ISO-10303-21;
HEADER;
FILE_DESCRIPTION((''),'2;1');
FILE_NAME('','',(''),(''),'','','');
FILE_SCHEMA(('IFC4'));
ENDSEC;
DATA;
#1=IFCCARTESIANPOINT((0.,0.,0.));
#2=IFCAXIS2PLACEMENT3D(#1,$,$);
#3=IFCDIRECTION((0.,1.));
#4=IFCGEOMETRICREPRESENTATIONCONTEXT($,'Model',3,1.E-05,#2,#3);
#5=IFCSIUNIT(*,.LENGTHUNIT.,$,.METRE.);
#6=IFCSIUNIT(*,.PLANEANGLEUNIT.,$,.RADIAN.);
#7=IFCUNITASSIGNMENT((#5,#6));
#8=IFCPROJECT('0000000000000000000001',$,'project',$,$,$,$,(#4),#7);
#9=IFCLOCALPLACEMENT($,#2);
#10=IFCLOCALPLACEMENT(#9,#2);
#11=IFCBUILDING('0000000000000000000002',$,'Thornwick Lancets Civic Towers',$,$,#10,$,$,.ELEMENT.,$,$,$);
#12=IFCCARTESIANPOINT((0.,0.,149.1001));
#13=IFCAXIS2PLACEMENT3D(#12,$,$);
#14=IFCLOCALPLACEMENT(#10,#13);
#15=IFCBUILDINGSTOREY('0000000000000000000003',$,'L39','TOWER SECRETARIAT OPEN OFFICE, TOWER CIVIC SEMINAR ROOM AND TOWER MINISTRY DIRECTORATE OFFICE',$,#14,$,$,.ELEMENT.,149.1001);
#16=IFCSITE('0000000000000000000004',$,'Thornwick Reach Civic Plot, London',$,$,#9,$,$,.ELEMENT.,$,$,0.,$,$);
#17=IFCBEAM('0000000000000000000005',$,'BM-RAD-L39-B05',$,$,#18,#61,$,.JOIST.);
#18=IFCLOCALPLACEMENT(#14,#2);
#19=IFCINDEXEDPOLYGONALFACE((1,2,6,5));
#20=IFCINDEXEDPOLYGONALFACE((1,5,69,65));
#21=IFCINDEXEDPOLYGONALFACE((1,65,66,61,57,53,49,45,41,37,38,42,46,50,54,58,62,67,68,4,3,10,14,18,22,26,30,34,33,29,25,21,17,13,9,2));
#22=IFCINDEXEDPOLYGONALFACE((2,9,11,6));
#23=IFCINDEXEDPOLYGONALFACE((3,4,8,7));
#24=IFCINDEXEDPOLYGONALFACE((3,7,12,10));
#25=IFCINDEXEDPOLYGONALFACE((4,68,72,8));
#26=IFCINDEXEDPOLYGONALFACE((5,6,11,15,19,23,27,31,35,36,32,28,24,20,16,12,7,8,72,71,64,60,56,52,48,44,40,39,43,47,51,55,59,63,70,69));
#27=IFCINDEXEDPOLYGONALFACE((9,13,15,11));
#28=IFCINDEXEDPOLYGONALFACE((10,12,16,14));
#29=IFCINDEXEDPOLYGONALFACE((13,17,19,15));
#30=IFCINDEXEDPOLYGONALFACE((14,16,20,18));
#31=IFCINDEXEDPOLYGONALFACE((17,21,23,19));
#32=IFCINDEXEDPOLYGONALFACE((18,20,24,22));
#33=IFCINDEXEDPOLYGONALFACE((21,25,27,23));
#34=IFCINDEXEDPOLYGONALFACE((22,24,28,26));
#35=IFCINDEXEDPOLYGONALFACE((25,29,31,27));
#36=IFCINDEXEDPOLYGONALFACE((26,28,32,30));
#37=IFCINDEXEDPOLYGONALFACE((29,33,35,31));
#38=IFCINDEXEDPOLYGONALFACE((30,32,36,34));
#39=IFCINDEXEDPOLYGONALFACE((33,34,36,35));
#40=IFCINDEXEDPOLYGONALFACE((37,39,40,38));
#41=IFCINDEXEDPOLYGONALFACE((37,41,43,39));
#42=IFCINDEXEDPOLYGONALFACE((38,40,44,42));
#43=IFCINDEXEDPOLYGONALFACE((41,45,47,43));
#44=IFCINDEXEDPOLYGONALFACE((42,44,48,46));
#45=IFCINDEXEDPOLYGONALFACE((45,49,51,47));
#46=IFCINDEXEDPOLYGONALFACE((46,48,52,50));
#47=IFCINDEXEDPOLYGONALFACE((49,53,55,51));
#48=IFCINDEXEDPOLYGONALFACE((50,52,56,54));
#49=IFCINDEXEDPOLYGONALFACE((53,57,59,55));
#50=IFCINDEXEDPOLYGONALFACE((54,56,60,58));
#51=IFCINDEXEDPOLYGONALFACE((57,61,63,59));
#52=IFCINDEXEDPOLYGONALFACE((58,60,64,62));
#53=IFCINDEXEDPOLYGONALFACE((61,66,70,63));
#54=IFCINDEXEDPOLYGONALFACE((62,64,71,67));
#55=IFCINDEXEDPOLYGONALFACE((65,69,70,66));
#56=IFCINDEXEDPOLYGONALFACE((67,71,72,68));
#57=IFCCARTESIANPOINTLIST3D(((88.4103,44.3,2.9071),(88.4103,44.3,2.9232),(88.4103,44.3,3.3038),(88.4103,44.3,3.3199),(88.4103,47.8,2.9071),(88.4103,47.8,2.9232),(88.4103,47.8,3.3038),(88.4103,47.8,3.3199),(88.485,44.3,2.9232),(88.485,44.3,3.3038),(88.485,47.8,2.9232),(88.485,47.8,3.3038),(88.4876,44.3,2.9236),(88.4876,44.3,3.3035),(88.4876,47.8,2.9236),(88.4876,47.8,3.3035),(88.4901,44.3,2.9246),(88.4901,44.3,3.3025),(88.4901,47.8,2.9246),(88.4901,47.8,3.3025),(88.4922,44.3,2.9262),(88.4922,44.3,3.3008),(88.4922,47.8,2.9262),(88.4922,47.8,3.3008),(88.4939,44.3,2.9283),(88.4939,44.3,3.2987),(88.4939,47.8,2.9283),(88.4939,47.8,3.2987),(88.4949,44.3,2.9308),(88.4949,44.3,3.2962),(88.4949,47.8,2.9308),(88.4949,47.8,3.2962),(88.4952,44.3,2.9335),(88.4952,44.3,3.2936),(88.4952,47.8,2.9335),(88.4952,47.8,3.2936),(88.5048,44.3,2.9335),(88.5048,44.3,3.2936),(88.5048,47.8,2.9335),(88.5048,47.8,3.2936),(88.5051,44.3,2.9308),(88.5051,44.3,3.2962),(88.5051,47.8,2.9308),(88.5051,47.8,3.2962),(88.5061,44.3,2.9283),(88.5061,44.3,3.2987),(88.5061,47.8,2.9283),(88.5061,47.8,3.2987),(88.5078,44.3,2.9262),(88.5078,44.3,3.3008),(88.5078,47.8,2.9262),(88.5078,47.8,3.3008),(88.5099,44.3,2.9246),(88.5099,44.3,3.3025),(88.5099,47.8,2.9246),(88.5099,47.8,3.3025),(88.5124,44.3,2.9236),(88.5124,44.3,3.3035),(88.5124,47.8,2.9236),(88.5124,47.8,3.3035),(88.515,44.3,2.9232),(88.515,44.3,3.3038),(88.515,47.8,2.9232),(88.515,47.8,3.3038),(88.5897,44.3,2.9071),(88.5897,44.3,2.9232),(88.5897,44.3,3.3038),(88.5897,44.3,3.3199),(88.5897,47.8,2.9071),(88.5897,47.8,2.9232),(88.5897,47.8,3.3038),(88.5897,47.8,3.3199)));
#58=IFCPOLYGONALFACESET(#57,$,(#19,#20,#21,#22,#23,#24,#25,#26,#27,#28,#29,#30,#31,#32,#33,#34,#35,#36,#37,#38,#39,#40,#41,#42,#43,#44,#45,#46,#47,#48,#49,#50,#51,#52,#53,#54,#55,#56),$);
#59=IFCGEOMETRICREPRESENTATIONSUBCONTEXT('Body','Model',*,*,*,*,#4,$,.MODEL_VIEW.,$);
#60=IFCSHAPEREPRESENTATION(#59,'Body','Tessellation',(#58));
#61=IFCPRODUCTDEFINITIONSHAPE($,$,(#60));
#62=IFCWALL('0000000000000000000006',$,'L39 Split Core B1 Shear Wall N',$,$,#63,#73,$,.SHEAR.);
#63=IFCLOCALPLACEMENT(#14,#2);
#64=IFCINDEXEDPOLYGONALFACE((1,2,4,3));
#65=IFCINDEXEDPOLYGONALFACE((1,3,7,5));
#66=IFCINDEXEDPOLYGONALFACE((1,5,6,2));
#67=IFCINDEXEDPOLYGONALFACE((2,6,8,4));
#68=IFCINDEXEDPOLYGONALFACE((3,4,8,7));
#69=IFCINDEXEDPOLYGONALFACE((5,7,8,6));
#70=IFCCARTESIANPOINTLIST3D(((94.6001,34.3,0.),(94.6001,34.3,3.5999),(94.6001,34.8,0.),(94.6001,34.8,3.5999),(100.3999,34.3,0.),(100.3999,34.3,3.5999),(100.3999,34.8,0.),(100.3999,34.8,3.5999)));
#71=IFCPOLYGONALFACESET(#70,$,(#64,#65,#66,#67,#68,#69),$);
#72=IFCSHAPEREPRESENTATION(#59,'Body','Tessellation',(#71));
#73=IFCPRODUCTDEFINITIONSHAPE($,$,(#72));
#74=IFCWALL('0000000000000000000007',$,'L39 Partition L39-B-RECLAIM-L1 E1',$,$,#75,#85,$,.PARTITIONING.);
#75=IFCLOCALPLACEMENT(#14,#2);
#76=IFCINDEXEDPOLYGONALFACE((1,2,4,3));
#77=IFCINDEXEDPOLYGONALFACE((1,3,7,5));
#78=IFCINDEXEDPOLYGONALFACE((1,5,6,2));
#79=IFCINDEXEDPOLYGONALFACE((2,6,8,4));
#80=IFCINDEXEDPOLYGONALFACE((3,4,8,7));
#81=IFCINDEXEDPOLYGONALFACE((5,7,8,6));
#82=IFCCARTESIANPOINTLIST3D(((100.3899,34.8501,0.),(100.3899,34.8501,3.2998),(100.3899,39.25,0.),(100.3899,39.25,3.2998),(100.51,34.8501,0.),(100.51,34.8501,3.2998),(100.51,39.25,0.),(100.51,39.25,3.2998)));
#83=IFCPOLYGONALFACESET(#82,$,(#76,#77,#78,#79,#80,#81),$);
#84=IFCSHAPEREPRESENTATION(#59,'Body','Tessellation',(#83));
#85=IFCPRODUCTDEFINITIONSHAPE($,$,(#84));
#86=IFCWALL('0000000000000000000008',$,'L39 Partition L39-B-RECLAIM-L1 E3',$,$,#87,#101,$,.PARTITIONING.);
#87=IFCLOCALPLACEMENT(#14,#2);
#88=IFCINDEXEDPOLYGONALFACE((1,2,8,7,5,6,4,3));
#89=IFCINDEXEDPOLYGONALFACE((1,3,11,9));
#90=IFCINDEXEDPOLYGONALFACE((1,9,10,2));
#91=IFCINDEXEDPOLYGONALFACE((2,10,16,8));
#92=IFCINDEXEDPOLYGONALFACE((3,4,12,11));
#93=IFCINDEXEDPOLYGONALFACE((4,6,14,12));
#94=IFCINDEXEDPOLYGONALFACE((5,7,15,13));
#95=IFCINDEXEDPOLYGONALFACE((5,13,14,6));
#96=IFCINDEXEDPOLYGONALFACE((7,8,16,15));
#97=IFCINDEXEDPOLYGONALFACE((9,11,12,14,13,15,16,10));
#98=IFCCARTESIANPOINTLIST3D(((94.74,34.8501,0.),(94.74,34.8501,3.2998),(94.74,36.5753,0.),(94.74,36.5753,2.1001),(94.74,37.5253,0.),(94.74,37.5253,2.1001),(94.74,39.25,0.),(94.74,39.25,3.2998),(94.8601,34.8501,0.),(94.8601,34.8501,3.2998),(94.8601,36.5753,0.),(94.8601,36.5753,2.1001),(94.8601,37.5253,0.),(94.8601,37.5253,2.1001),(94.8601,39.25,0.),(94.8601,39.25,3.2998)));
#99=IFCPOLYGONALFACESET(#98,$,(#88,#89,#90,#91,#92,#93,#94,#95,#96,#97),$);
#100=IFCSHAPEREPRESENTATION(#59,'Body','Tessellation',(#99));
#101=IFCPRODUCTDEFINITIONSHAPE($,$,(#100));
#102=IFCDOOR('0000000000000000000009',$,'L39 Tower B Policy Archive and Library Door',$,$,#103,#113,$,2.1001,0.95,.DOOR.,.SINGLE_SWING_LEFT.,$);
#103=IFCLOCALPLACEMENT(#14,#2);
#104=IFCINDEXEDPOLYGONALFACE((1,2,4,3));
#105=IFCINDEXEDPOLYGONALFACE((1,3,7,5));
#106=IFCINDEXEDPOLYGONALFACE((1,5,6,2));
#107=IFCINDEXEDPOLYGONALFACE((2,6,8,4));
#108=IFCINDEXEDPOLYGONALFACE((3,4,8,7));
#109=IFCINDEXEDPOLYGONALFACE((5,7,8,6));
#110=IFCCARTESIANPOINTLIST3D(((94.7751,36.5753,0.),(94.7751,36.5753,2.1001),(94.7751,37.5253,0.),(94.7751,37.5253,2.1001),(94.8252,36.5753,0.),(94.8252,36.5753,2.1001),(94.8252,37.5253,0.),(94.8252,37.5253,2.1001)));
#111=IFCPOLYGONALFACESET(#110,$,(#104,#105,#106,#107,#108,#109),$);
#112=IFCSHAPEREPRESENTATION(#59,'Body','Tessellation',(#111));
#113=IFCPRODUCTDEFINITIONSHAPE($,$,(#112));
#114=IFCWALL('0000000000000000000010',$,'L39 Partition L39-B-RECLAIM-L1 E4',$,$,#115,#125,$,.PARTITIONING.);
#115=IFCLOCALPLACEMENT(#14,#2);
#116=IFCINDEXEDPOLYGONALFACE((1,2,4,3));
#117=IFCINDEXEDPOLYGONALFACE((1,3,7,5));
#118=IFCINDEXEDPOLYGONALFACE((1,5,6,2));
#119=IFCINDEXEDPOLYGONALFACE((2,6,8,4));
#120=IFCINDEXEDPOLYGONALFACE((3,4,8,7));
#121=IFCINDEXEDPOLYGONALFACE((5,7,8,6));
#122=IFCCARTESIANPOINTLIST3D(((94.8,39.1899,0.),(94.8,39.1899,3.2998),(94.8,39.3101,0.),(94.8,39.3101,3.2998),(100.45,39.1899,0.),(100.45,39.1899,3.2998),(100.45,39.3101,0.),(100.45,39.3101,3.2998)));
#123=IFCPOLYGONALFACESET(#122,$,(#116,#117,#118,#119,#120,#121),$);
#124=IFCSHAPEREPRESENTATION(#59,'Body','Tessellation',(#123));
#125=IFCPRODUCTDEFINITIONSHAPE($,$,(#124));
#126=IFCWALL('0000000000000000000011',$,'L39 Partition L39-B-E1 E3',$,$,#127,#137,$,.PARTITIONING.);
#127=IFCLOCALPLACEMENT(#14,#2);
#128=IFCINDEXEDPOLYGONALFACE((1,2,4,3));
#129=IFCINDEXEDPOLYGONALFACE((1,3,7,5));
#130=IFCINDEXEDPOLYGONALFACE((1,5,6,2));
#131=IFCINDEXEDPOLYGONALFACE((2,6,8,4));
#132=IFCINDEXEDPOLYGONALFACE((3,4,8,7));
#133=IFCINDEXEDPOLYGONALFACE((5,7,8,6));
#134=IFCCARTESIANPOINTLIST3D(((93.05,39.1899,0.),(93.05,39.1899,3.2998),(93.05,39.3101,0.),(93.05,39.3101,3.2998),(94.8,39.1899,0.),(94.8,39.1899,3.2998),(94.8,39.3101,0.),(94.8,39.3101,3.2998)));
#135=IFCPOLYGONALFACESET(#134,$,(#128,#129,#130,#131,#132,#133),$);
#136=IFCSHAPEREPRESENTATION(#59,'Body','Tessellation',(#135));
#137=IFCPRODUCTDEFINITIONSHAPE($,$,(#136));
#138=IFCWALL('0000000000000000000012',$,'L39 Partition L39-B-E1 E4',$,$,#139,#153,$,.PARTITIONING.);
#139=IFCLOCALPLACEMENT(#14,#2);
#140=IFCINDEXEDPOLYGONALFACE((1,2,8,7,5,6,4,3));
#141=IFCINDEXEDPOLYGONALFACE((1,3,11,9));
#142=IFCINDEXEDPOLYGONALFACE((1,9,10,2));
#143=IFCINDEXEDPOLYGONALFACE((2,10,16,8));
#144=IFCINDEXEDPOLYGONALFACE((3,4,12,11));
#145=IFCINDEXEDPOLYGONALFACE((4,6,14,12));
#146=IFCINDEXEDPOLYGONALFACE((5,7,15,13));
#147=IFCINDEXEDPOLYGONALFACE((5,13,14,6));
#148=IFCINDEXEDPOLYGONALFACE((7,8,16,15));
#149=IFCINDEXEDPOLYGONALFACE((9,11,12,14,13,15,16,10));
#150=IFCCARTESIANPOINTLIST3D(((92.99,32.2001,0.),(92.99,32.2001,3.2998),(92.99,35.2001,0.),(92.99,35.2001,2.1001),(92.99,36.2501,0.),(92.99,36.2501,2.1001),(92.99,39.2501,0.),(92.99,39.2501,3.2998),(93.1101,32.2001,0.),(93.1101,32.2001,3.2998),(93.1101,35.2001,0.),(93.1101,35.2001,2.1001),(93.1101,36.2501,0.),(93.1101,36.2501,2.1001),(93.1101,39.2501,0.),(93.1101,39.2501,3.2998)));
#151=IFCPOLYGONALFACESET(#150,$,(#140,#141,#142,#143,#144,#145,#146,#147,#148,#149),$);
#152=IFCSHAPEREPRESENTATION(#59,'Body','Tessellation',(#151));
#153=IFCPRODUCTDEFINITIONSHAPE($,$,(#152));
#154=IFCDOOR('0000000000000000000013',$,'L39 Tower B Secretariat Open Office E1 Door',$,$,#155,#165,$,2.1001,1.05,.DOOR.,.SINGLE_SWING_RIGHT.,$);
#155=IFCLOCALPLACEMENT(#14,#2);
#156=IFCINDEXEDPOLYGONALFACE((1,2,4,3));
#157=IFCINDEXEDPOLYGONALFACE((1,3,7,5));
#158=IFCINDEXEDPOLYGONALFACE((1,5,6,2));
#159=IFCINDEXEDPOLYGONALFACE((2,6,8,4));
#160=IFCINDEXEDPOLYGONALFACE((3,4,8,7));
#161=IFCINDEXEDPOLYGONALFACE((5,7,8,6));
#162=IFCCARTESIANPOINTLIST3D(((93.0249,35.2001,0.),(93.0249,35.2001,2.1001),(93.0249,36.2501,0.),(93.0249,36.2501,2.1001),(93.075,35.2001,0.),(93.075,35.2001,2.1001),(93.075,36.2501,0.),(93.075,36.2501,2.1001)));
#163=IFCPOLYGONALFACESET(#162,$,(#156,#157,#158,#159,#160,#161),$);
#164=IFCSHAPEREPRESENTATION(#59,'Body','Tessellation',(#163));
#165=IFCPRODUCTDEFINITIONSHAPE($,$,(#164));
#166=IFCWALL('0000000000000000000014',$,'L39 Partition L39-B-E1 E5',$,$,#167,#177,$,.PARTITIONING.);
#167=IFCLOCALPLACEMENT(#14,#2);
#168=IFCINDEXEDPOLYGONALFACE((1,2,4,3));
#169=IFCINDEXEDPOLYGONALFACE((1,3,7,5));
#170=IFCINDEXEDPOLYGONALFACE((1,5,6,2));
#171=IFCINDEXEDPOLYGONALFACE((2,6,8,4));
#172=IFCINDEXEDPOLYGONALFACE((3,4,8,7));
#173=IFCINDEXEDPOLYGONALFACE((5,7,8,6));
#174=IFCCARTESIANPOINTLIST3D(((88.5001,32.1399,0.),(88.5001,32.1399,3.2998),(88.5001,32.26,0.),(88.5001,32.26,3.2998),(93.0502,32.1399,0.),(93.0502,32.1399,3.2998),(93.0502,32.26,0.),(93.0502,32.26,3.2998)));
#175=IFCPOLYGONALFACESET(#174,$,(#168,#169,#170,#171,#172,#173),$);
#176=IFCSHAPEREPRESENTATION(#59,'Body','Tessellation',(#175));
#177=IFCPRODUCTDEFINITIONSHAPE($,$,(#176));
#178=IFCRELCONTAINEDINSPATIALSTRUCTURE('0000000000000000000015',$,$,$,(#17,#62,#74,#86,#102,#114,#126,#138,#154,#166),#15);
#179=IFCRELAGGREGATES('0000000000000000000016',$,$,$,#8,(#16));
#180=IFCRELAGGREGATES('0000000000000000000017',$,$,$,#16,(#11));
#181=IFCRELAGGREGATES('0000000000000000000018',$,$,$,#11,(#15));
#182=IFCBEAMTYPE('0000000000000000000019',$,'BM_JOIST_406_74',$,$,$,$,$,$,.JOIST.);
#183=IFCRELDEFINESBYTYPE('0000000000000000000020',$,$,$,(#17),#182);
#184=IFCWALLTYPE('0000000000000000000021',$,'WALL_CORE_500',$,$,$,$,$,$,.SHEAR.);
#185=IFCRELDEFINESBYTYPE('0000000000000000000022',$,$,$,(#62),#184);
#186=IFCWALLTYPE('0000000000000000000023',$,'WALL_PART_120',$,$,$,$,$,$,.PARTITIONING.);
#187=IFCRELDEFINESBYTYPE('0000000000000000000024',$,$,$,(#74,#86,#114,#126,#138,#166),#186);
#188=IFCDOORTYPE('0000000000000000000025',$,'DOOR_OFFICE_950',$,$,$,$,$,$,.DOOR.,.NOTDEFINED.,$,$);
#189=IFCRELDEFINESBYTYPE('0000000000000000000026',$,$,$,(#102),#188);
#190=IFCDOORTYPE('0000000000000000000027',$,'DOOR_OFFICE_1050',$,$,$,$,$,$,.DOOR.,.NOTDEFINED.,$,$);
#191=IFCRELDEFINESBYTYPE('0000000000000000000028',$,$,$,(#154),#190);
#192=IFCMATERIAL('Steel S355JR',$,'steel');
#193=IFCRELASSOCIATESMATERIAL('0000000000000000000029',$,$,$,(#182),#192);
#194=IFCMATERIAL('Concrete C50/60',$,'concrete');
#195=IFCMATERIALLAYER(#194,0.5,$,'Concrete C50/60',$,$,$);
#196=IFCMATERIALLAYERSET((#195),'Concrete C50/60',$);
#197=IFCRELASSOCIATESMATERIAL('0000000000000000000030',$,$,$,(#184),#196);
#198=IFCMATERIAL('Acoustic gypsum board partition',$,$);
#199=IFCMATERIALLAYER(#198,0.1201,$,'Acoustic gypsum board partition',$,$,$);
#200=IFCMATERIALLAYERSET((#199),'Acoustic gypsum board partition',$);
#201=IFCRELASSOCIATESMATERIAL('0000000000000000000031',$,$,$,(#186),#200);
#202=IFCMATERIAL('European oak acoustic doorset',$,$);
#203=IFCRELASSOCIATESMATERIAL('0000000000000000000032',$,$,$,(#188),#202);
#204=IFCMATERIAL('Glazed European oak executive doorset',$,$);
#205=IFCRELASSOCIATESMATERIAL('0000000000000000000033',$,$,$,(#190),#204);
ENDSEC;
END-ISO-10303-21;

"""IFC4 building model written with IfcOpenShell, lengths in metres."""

from ifc_helpers import new_model, si_unit, direction, frame, frame_2d, origin, origin_2d, place, context, subcontext, project, spatial, rectangle, i_section, extrude, material, layer, layer_set, material_profile, profile_set, type_object, element, fill, save


model = new_model("IFC4")

# Units and contexts
model_context = context("Model", 3, precision=1e-05, world=origin(), true_north=direction((0.0, 1.0)))
body_context = subcontext(model_context, "Body", "Model", "MODEL_VIEW")
ifc_project = project(units=[si_unit("LENGTHUNIT", "METRE"), si_unit("PLANEANGLEUNIT", "RADIAN")], contexts=[model_context])

# Site, building, storey
site_placement = place(None, origin())
site = spatial("IfcSite", under=ifc_project, at=site_placement, Name="Thornwick Reach Civic Plot, London", CompositionType="ELEMENT", RefElevation=0.0)
building_placement = place(site_placement, origin())
building = spatial("IfcBuilding", under=site, at=building_placement, Name="Thornwick Lancets Civic Towers", CompositionType="ELEMENT")
storey_placement = place(building_placement, frame((0.0, 0.0, 149.1001)))
storey = spatial("IfcBuildingStorey", under=building, at=storey_placement, Name="L39", Description="TOWER SECRETARIAT OPEN OFFICE, TOWER CIVIC SEMINAR ROOM AND TOWER MINISTRY DIRECTORATE OFFICE", CompositionType="ELEMENT", Elevation=149.1001)

# Shared definitions
ifc_material_1 = material(Name="Concrete C50/60", Category="concrete")

# Beam
ifc_material_2 = material(Name="Steel S355JR", Category="steel")
ifc_material_profile_1 = material_profile(ifc_material_2, i_section(OverallWidth=0.1794, OverallDepth=0.4128, WebThickness=0.0095, FlangeThickness=0.0161, FilletRadius=0.0103, at=origin_2d()), Name="UKB 406x178x74")
ifc_profile_set_1 = profile_set([ifc_material_profile_1], Name="Steel S355JR")
beam_type_1 = type_object("IfcBeamType", Name="BM_JOIST_406_74", PredefinedType="JOIST", material=ifc_profile_set_1)
for number, where, z_axis, x_axis, name in (
    (1, (88.5, 44.3, 3.1135), (0.0, 1.0, 0.0), (-1.0, 0.0, 0.0), "BM-RAD-L39-B05"),
):
    element("IfcBeam", number, at=place(storey_placement, frame(where, z_axis=z_axis, x_axis=x_axis)), inside=storey, type_object=beam_type_1, Name=name, PredefinedType="JOIST", context=body_context, shape_type="SweptSolid", body=[
        extrude(i_section(OverallWidth=0.1794, OverallDepth=0.4128, WebThickness=0.0095, FlangeThickness=0.0161, FilletRadius=0.0103, at=origin_2d()), origin(), (0.0, 0.0, 1.0), 3.5),
    ])

# Walls
ifc_layer_1 = layer(ifc_material_1, 0.5, Name="Concrete C50/60")
ifc_layer_set_1 = layer_set([ifc_layer_1], Name="Concrete C50/60")
wall_type_1 = type_object("IfcWallType", Name="WALL_CORE_500", PredefinedType="SHEAR", material=ifc_layer_set_1)
wall_1_placement = place(storey_placement, frame((94.6001, 34.55, 0.0), z_axis=(0.0, 0.0, 1.0), x_axis=(1.0, 0.0, 0.0)))
element("IfcWall", 2, at=wall_1_placement, inside=storey, type_object=wall_type_1, Name="L39 Split Core B1 Shear Wall N", PredefinedType="SHEAR", context=body_context, shape_type="SweptSolid", body=[
    extrude(rectangle(XDim=5.7998, YDim=0.5, at=frame_2d((2.8999, 0.0))), origin(), (0.0, 0.0, 1.0), 3.5999),
])
ifc_material_3 = material(Name="Acoustic gypsum board partition")
ifc_layer_2 = layer(ifc_material_3, 0.1201, Name="Acoustic gypsum board partition")
ifc_layer_set_2 = layer_set([ifc_layer_2], Name="Acoustic gypsum board partition")
wall_type_2 = type_object("IfcWallType", Name="WALL_PART_120", PredefinedType="PARTITIONING", material=ifc_layer_set_2)
wall_2_placement = place(storey_placement, frame((100.45, 39.25, 0.0), z_axis=(0.0, 0.0, 1.0), x_axis=(0.0, -1.0, 0.0)))
element("IfcWall", 3, at=wall_2_placement, inside=storey, type_object=wall_type_2, Name="L39 Partition L39-B-RECLAIM-L1 E1", PredefinedType="PARTITIONING", context=body_context, shape_type="SweptSolid", body=[
    extrude(rectangle(XDim=4.3999, YDim=0.1201, at=frame_2d((2.2, 0.0))), origin(), (0.0, 0.0, 1.0), 3.2998),
])

# Wall, opening, door
wall_3_placement = place(storey_placement, frame((94.8, 34.8501, 0.0), z_axis=(0.0, 0.0, 1.0), x_axis=(0.0, 1.0, 0.0)))
wall_3 = element("IfcWall", 4, at=wall_3_placement, inside=storey, type_object=wall_type_2, Name="L39 Partition L39-B-RECLAIM-L1 E3", PredefinedType="PARTITIONING", context=body_context, shape_type="SweptSolid", body=[
    extrude(rectangle(XDim=4.3999, YDim=0.1201, at=frame_2d((2.2, 0.0))), origin(), (0.0, 0.0, 1.0), 3.2998),
])
opening_1_placement = place(wall_3_placement, frame((1.7251, 0.0, 0.0)))
opening_1 = element("IfcOpeningElement", 5, at=opening_1_placement, cuts=wall_3, PredefinedType="OPENING", context=body_context, shape_type="SweptSolid", body=[
    extrude(rectangle(XDim=0.95, YDim=2.1001, at=frame_2d((0.4751, 1.05))), frame((0.0, 0.0701, 0.0), z_axis=(0.0, -1.0, 0.0), x_axis=(1.0, 0.0, 0.0)), (0.0, 0.0, 1.0), 0.1401),
])
ifc_material_4 = material(Name="European oak acoustic doorset")
door_type_1 = type_object("IfcDoorType", Name="DOOR_OFFICE_950", OperationType="NOTDEFINED", PredefinedType="DOOR", material=ifc_material_4)
door_1_placement = place(opening_1_placement, origin())
door_1 = element("IfcDoor", 6, at=door_1_placement, inside=storey, type_object=door_type_1, Name="L39 Tower B Policy Archive and Library Door", OperationType="SINGLE_SWING_LEFT", OverallHeight=2.1001, OverallWidth=0.95, PredefinedType="DOOR", context=body_context, shape_type="SweptSolid", body=[
    extrude(rectangle(XDim=0.95, YDim=2.1001, at=frame_2d((0.4751, 1.05))), frame((0.0, 0.0249, 0.0), z_axis=(0.0, -1.0, 0.0), x_axis=(1.0, 0.0, 0.0)), (0.0, 0.0, 1.0), 0.05),
])
fill(opening_1, door_1)

# Walls
wall_4_placement = place(storey_placement, frame((94.8, 39.25, 0.0), z_axis=(0.0, 0.0, 1.0), x_axis=(1.0, 0.0, 0.0)))
element("IfcWall", 7, at=wall_4_placement, inside=storey, type_object=wall_type_2, Name="L39 Partition L39-B-RECLAIM-L1 E4", PredefinedType="PARTITIONING", context=body_context, shape_type="SweptSolid", body=[
    extrude(rectangle(XDim=5.6499, YDim=0.1201, at=frame_2d((2.825, 0.0))), origin(), (0.0, 0.0, 1.0), 3.2998),
])
wall_5_placement = place(storey_placement, frame((94.8, 39.25, 0.0), z_axis=(0.0, 0.0, 1.0), x_axis=(-1.0, 0.0, 0.0)))
element("IfcWall", 8, at=wall_5_placement, inside=storey, type_object=wall_type_2, Name="L39 Partition L39-B-E1 E3", PredefinedType="PARTITIONING", context=body_context, shape_type="SweptSolid", body=[
    extrude(rectangle(XDim=1.75, YDim=0.1201, at=frame_2d((0.875, 0.0))), origin(), (0.0, 0.0, 1.0), 3.2998),
])

# Wall, opening, door
wall_6_placement = place(storey_placement, frame((93.05, 39.25, 0.0), z_axis=(0.0, 0.0, 1.0), x_axis=(0.0, -1.0, 0.0)))
wall_6 = element("IfcWall", 9, at=wall_6_placement, inside=storey, type_object=wall_type_2, Name="L39 Partition L39-B-E1 E4", PredefinedType="PARTITIONING", context=body_context, shape_type="SweptSolid", body=[
    extrude(rectangle(XDim=7.05, YDim=0.1201, at=frame_2d((3.5249, 0.0))), origin(), (0.0, 0.0, 1.0), 3.2998),
])
opening_2_placement = place(wall_6_placement, frame((3.0, 0.0, 0.0)))
opening_2 = element("IfcOpeningElement", 10, at=opening_2_placement, cuts=wall_6, PredefinedType="OPENING", context=body_context, shape_type="SweptSolid", body=[
    extrude(rectangle(XDim=1.05, YDim=2.1001, at=frame_2d((0.5249, 1.05))), frame((0.0, 0.0701, 0.0), z_axis=(0.0, -1.0, 0.0), x_axis=(1.0, 0.0, 0.0)), (0.0, 0.0, 1.0), 0.1401),
])
ifc_material_5 = material(Name="Glazed European oak executive doorset")
door_type_2 = type_object("IfcDoorType", Name="DOOR_OFFICE_1050", OperationType="NOTDEFINED", PredefinedType="DOOR", material=ifc_material_5)
door_2_placement = place(opening_2_placement, origin())
door_2 = element("IfcDoor", 11, at=door_2_placement, inside=storey, type_object=door_type_2, Name="L39 Tower B Secretariat Open Office E1 Door", OperationType="SINGLE_SWING_RIGHT", OverallHeight=2.1001, OverallWidth=1.05, PredefinedType="DOOR", context=body_context, shape_type="SweptSolid", body=[
    extrude(rectangle(XDim=1.05, YDim=2.1001, at=frame_2d((0.5249, 1.05))), frame((0.0, 0.0249, 0.0), z_axis=(0.0, -1.0, 0.0), x_axis=(1.0, 0.0, 0.0)), (0.0, 0.0, 1.0), 0.05),
])
fill(opening_2, door_2)

# Wall
wall_7_placement = place(storey_placement, frame((93.05, 32.2, 0.0), z_axis=(0.0, 0.0, 1.0), x_axis=(-1.0, 0.0, 0.0)))
element("IfcWall", 12, at=wall_7_placement, inside=storey, type_object=wall_type_2, Name="L39 Partition L39-B-E1 E5", PredefinedType="PARTITIONING", context=body_context, shape_type="SweptSolid", body=[
    extrude(rectangle(XDim=4.55, YDim=0.1201, at=frame_2d((2.2749, 0.0))), origin(), (0.0, 0.0, 1.0), 3.2998),
])

save(model, "model.ifc")
